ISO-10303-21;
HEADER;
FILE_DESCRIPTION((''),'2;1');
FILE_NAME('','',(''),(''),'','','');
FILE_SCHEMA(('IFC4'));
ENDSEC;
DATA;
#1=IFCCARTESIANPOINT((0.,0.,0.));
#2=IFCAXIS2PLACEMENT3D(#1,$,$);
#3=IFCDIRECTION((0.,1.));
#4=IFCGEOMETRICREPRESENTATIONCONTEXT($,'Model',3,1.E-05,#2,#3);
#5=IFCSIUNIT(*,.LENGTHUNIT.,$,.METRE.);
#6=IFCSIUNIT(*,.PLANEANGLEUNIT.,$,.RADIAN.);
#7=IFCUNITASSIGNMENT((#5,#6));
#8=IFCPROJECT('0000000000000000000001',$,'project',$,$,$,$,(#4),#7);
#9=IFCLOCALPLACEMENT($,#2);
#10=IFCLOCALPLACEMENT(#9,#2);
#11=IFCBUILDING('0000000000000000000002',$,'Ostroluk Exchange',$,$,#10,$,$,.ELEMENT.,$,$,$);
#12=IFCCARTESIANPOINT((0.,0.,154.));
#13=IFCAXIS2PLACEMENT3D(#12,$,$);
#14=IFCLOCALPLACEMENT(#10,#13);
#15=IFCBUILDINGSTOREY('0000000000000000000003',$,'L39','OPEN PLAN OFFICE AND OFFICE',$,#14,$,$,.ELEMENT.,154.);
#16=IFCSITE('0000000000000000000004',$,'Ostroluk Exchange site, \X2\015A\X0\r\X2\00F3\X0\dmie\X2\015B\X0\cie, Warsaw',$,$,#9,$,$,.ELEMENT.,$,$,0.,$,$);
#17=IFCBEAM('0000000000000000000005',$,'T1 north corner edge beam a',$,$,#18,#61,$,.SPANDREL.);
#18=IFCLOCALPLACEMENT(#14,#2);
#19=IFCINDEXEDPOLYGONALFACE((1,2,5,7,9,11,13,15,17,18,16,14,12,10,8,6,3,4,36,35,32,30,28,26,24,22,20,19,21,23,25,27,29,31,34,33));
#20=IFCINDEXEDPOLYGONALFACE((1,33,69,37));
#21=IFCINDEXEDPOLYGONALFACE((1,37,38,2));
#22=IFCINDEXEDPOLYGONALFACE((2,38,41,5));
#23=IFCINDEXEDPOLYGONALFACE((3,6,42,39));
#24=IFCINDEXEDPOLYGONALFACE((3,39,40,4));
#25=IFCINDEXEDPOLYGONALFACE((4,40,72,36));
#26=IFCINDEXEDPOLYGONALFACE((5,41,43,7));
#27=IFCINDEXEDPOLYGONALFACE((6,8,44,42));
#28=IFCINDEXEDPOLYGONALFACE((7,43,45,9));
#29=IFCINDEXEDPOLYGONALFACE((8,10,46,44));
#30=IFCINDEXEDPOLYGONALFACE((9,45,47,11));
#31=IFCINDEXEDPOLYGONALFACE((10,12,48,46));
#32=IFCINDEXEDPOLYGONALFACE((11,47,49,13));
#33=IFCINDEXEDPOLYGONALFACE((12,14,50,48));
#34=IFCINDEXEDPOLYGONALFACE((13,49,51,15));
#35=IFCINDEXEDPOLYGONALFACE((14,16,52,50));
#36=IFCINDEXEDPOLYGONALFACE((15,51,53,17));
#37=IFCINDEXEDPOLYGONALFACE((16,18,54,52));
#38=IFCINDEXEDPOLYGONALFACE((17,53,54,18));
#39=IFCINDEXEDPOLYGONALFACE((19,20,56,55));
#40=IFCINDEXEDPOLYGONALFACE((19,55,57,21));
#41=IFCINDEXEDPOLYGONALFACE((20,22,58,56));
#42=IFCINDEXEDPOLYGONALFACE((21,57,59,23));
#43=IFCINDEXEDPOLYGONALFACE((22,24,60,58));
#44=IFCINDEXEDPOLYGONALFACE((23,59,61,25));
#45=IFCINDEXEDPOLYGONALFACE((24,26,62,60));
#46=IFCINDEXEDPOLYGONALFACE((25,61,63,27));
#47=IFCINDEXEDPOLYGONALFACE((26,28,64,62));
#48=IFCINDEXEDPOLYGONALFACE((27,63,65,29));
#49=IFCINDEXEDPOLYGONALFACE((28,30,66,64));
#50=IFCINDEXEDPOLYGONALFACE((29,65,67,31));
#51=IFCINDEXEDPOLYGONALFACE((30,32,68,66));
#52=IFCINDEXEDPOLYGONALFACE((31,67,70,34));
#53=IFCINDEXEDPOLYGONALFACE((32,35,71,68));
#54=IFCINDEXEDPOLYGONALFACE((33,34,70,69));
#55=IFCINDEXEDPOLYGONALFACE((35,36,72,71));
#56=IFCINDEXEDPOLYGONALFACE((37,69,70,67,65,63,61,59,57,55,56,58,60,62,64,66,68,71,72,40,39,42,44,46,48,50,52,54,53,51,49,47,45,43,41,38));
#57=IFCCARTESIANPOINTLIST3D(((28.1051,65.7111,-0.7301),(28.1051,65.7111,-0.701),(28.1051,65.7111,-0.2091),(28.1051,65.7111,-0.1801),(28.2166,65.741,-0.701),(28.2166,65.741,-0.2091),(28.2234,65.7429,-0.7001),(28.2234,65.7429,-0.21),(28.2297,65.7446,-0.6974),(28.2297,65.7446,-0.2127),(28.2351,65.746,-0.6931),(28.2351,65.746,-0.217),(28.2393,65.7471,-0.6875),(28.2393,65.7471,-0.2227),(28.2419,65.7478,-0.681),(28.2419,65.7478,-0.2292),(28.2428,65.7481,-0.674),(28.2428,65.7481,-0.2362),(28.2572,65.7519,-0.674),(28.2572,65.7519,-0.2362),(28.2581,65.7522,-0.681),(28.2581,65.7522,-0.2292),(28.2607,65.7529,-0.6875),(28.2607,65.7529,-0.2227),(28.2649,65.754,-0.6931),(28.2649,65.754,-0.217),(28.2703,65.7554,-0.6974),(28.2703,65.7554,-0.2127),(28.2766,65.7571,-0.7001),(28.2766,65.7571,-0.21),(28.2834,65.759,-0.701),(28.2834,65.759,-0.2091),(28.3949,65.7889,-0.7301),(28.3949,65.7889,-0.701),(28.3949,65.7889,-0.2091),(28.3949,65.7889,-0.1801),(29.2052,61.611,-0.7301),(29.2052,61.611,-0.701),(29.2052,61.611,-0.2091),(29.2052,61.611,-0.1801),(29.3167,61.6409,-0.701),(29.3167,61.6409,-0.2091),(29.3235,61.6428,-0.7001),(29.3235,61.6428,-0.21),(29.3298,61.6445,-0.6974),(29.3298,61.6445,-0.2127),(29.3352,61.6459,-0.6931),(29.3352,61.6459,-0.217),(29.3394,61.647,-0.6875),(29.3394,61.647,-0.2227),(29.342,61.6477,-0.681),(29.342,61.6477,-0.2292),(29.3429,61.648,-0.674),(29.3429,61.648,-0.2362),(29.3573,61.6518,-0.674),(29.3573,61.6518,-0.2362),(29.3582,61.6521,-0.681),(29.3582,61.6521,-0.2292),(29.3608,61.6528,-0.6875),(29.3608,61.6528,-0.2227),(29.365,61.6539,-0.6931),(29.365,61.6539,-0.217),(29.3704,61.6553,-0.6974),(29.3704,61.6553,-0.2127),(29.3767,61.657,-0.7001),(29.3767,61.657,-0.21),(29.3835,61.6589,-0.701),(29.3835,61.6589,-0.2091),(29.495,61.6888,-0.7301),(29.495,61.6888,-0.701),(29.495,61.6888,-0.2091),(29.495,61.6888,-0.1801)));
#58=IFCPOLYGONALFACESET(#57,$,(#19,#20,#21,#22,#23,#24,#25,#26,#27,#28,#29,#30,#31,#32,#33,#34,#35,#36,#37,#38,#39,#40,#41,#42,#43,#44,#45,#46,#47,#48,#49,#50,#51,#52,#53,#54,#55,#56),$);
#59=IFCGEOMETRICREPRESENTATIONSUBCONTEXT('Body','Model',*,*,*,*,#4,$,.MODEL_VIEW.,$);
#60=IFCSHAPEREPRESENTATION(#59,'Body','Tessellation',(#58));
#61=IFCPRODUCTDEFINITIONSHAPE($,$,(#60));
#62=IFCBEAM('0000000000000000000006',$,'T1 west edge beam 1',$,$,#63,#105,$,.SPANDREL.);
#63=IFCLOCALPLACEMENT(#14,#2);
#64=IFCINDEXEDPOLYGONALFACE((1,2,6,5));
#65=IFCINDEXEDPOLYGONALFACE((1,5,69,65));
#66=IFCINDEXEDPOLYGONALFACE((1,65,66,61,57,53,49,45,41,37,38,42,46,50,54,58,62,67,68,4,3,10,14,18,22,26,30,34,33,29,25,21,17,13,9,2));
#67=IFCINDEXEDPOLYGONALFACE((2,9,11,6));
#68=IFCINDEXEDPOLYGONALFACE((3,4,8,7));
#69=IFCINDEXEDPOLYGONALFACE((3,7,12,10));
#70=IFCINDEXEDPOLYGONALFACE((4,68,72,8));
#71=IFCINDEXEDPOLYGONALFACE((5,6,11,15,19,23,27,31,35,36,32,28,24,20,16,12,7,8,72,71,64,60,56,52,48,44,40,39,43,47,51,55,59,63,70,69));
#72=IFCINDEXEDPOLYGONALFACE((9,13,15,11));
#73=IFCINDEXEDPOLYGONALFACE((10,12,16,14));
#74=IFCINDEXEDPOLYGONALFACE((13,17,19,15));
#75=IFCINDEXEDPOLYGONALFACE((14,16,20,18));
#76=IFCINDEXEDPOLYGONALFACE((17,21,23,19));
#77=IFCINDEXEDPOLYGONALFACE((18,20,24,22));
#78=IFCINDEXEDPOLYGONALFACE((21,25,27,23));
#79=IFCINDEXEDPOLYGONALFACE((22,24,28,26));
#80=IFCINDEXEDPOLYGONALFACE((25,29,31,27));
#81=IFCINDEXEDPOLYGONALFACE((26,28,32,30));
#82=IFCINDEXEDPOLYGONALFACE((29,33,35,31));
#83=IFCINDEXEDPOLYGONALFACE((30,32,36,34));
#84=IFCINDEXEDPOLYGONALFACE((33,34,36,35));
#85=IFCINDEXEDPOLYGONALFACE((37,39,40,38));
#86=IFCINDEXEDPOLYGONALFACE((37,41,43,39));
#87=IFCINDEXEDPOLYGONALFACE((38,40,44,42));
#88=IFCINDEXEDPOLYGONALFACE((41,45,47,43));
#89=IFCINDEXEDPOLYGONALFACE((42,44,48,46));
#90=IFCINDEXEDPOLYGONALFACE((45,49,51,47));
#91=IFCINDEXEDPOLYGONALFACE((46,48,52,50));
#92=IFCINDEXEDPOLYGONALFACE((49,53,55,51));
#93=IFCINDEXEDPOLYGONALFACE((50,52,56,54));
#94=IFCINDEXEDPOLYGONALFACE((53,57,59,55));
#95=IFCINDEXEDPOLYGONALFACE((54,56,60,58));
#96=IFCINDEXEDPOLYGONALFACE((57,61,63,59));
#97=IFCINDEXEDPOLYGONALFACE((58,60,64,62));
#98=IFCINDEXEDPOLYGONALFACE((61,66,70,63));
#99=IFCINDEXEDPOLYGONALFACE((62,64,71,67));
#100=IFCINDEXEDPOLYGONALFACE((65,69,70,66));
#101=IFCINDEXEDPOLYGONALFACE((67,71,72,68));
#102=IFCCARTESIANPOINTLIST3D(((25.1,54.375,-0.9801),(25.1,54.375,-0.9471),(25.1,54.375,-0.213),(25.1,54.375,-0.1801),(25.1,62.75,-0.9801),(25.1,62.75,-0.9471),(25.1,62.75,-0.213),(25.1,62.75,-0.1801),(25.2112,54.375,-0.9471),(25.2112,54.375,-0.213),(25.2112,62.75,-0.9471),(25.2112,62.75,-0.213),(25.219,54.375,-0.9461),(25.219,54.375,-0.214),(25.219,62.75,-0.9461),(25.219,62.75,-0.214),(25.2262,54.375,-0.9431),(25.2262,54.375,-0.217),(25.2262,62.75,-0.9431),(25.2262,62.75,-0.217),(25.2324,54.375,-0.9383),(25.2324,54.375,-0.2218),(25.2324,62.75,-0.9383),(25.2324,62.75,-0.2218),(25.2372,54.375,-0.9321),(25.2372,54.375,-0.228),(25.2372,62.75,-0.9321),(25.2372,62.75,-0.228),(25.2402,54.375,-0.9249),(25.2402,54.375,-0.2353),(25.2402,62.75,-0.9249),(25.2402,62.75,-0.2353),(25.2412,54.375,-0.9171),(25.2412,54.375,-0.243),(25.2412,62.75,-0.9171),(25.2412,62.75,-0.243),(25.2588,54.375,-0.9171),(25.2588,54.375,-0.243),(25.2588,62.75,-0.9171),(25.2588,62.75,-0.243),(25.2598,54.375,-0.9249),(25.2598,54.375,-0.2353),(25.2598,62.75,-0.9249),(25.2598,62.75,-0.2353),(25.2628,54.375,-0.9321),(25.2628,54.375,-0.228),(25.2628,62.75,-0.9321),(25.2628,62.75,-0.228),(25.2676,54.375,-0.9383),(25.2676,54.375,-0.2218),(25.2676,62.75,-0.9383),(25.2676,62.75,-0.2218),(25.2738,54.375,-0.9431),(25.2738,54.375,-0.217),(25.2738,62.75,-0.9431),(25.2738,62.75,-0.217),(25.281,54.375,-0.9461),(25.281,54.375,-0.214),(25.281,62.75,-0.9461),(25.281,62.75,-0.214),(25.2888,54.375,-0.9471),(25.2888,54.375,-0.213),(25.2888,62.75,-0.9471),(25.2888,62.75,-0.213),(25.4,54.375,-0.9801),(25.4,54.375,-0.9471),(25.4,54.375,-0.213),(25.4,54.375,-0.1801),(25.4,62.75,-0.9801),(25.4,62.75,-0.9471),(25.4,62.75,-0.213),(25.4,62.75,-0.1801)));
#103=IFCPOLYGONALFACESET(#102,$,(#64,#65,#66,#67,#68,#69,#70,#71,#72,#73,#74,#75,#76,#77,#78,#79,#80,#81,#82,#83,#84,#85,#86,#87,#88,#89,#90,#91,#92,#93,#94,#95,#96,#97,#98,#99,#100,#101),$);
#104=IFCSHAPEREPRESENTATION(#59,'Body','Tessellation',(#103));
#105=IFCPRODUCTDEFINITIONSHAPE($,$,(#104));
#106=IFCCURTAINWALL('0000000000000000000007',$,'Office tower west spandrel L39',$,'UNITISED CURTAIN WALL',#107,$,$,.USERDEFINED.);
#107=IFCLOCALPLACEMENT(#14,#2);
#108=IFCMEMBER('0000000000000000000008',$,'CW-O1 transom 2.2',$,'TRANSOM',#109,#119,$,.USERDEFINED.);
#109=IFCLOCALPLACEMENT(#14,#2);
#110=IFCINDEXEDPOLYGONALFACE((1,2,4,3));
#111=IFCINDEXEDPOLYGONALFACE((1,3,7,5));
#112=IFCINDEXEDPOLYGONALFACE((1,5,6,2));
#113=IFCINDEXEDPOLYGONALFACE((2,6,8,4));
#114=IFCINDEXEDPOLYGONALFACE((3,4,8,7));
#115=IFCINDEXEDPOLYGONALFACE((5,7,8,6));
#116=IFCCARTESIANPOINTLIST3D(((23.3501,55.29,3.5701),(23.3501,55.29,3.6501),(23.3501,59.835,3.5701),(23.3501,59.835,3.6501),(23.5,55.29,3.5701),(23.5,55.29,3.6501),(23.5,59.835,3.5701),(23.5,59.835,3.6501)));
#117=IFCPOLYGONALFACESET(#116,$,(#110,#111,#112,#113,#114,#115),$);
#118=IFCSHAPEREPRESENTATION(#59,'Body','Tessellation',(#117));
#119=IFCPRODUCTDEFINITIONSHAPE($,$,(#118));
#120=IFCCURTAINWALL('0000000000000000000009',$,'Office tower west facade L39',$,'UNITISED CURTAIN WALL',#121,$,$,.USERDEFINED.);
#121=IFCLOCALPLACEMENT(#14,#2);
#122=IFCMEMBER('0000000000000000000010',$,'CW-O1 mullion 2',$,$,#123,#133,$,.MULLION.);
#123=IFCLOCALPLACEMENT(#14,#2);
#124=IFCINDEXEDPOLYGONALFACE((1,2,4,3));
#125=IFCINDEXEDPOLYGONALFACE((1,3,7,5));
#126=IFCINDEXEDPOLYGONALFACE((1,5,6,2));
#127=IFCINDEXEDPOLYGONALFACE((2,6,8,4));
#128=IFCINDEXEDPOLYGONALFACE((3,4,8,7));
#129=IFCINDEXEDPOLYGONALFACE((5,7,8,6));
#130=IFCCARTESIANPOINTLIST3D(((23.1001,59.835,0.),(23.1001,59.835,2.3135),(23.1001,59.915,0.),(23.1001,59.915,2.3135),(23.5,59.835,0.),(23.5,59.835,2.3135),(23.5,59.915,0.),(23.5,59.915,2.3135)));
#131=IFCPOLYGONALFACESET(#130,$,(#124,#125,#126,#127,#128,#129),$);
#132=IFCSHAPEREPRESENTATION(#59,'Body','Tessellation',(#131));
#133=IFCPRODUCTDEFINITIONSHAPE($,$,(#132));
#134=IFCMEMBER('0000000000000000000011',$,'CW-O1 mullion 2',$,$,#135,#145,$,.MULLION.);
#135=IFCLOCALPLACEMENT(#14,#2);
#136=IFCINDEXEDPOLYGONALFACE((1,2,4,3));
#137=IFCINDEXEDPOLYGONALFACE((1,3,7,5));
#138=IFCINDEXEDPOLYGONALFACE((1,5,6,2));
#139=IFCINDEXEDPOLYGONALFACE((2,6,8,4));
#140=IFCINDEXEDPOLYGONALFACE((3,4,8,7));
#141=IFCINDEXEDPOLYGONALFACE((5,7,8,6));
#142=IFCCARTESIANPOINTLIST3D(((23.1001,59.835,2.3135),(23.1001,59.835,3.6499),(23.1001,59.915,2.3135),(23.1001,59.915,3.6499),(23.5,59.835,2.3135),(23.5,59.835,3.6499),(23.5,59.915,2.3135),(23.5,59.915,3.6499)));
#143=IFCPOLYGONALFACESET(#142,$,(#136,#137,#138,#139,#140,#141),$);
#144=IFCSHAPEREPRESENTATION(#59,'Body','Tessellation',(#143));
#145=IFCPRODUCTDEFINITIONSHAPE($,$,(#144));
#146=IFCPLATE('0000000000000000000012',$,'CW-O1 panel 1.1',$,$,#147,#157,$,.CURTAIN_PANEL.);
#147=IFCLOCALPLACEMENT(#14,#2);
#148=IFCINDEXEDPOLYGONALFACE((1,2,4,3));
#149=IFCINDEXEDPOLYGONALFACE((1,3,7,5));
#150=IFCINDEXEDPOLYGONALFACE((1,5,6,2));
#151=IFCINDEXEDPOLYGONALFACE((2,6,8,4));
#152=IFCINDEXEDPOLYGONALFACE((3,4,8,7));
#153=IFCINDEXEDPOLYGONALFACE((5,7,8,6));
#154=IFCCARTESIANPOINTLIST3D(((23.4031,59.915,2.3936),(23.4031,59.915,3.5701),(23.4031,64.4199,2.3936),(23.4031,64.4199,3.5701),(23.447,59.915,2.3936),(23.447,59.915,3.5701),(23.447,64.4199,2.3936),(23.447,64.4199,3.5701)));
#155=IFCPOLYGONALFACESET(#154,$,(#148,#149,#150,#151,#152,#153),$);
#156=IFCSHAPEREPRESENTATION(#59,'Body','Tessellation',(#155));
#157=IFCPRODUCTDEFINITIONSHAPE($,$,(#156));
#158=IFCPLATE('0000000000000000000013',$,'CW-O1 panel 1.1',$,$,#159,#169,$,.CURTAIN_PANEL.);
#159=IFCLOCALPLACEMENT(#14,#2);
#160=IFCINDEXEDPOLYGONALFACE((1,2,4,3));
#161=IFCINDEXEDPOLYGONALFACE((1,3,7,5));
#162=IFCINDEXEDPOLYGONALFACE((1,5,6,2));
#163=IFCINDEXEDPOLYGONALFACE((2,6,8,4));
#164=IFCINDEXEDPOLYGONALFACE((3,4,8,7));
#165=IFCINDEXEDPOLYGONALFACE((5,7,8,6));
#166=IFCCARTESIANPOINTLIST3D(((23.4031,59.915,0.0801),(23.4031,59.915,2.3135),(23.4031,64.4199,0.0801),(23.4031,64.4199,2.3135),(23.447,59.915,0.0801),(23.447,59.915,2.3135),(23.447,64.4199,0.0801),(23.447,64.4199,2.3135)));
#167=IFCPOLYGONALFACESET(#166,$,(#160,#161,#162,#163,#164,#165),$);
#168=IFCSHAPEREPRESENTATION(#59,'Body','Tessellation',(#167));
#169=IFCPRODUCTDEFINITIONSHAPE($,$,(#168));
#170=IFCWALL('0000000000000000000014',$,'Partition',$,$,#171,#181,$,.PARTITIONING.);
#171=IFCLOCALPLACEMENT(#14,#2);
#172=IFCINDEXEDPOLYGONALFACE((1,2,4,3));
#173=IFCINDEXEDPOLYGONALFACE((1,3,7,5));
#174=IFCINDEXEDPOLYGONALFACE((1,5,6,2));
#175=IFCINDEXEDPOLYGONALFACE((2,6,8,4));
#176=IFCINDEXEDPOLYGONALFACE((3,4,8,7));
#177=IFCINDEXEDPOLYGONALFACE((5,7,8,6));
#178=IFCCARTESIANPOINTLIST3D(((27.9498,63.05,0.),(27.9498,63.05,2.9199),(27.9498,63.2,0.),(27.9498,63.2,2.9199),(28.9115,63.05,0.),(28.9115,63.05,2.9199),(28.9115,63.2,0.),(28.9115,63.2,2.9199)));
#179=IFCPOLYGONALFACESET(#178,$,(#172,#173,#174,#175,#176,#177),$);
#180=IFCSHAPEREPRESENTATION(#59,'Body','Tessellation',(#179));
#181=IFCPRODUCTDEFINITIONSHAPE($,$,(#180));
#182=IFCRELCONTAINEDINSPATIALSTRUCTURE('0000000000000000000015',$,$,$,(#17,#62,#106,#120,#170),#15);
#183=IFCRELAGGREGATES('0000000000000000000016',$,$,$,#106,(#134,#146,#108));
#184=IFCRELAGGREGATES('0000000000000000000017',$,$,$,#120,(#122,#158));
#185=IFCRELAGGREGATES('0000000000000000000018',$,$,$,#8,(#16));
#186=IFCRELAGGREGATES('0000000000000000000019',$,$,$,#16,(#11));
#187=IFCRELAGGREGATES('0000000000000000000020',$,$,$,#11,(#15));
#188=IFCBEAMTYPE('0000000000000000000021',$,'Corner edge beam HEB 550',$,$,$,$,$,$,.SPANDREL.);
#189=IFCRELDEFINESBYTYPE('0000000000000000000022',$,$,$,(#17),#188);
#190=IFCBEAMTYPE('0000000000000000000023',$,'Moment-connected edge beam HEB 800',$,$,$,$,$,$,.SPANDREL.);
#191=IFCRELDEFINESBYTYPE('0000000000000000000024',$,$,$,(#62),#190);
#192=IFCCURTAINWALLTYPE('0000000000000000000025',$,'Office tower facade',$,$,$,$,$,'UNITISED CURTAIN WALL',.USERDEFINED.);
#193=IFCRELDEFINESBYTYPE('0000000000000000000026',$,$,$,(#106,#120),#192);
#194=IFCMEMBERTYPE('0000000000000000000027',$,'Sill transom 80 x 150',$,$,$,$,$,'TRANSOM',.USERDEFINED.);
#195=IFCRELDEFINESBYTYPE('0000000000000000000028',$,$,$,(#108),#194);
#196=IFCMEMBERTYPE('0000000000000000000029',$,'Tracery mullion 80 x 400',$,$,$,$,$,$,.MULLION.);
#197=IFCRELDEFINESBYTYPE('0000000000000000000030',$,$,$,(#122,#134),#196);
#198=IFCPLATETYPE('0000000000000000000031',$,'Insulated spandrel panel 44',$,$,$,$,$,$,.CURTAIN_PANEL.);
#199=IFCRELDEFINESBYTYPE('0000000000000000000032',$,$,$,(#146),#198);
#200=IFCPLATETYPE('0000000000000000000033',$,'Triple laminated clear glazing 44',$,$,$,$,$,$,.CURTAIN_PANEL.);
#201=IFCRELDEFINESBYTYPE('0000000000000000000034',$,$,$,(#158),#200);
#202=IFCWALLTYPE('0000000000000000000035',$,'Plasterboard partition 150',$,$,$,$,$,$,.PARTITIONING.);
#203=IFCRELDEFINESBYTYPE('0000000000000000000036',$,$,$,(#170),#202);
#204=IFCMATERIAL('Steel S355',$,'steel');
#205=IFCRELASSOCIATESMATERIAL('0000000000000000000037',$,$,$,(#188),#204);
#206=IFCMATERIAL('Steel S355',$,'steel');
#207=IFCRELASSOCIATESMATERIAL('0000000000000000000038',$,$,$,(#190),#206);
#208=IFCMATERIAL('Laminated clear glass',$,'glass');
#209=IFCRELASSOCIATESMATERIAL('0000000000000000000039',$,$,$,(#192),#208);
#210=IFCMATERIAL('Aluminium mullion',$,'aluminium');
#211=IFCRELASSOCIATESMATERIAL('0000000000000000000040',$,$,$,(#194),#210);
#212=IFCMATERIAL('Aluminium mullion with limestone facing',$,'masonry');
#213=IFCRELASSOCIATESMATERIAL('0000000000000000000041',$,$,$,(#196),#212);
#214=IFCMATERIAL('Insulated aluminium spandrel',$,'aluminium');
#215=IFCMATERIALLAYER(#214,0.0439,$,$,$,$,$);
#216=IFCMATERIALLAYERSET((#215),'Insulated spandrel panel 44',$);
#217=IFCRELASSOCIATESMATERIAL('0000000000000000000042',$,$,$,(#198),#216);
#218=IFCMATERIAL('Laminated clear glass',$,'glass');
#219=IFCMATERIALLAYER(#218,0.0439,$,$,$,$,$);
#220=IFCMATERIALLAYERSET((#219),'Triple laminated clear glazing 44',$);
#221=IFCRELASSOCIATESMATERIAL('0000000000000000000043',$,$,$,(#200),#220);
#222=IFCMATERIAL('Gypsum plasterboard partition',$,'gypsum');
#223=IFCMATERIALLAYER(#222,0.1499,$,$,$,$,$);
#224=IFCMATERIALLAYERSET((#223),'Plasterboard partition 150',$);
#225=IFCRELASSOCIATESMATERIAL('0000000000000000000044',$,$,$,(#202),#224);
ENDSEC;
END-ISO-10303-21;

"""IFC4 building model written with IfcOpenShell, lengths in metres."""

from ifc_helpers import new_model, si_unit, direction, frame, frame_2d, origin, origin_2d, place, context, subcontext, project, spatial, rectangle, i_section, extrude, material, layer, layer_set, material_profile, profile_set, type_object, element, aggregate, save


model = new_model("IFC4")

# Units and contexts
model_context = context("Model", 3, precision=1e-05, world=origin(), true_north=direction((0.0, 1.0)))
body_context = subcontext(model_context, "Body", "Model", "MODEL_VIEW")
ifc_project = project(units=[si_unit("LENGTHUNIT", "METRE"), si_unit("PLANEANGLEUNIT", "RADIAN")], contexts=[model_context])

# Site, building, storey
site_placement = place(None, origin())
site = spatial("IfcSite", under=ifc_project, at=site_placement, Name="Ostroluk Exchange site, Śródmieście, Warsaw", CompositionType="ELEMENT", RefElevation=0.0)
building_placement = place(site_placement, origin())
building = spatial("IfcBuilding", under=site, at=building_placement, Name="Ostroluk Exchange", CompositionType="ELEMENT")
storey_placement = place(building_placement, frame((0.0, 0.0, 154.0)))
storey = spatial("IfcBuildingStorey", under=building, at=storey_placement, Name="L39", Description="OPEN PLAN OFFICE AND OFFICE", CompositionType="ELEMENT", Elevation=154.0)

# Beams
ifc_material_1 = material(Name="Steel S355", Category="steel")
ifc_material_profile_1 = material_profile(ifc_material_1, i_section(OverallWidth=0.3, OverallDepth=0.55, WebThickness=0.0149, FlangeThickness=0.0291, FilletRadius=0.0271, at=origin_2d()), Name="HEB 550")
ifc_profile_set_1 = profile_set([ifc_material_profile_1], Name="Steel S355")
beam_type_1 = type_object("IfcBeamType", Name="Corner edge beam HEB 550", PredefinedType="SPANDREL", material=ifc_profile_set_1)
beam_1_placement = place(storey_placement, frame((29.3501, 61.6499, -0.4551), z_axis=(-0.259144, 0.965839, 0.0), x_axis=(-0.965839, -0.259144, 0.0)))
element("IfcBeam", 1, at=beam_1_placement, inside=storey, type_object=beam_type_1, Name="T1 north corner edge beam a", PredefinedType="SPANDREL", context=body_context, shape_type="SweptSolid", body=[
    extrude(i_section(OverallWidth=0.3, OverallDepth=0.55, WebThickness=0.0149, FlangeThickness=0.0291, FilletRadius=0.0271, at=origin_2d()), origin(), (0.0, 0.0, 1.0), 4.2451),
])
ifc_material_2 = material(Name="Steel S355", Category="steel")
ifc_material_profile_2 = material_profile(ifc_material_2, i_section(OverallWidth=0.3, OverallDepth=0.8, WebThickness=0.0176, FlangeThickness=0.033, FilletRadius=0.03, at=origin_2d()), Name="HEB 800")
ifc_profile_set_2 = profile_set([ifc_material_profile_2], Name="Steel S355")
beam_type_2 = type_object("IfcBeamType", Name="Moment-connected edge beam HEB 800", PredefinedType="SPANDREL", material=ifc_profile_set_2)
beam_2_placement = place(storey_placement, frame((25.25, 62.75, -0.5801), z_axis=(0.0, -1.0, 0.0), x_axis=(1.0, 0.0, 0.0)))
element("IfcBeam", 2, at=beam_2_placement, inside=storey, type_object=beam_type_2, Name="T1 west edge beam 1", PredefinedType="SPANDREL", context=body_context, shape_type="SweptSolid", body=[
    extrude(i_section(OverallWidth=0.3, OverallDepth=0.8, WebThickness=0.0176, FlangeThickness=0.033, FilletRadius=0.03, at=origin_2d()), origin(), (0.0, 0.0, 1.0), 8.375),
])

# Curtain walls, members
ifc_material_3 = material(Name="Laminated clear glass", Category="glass")
curtain_wall_type = type_object("IfcCurtainWallType", Name="Office tower facade", ElementType="UNITISED CURTAIN WALL", PredefinedType="USERDEFINED", material=ifc_material_3)
curtain_wall_1_placement = place(storey_placement, origin())
curtain_wall_1 = element("IfcCurtainWall", 3, at=curtain_wall_1_placement, inside=storey, type_object=curtain_wall_type, Name="Office tower west spandrel L39", ObjectType="UNITISED CURTAIN WALL", PredefinedType="USERDEFINED")
ifc_material_4 = material(Name="Aluminium mullion", Category="aluminium")
ifc_material_profile_3 = material_profile(ifc_material_4, rectangle(XDim=0.1499, YDim=0.0801, at=origin_2d()), Name="Sill transom 80 x 150")
ifc_profile_set_3 = profile_set([ifc_material_profile_3], Name="Aluminium mullion")
member_type_1 = type_object("IfcMemberType", Name="Sill transom 80 x 150", ElementType="TRANSOM", PredefinedType="USERDEFINED", material=ifc_profile_set_3)
member_1_placement = place(storey_placement, frame((23.425, 59.835, 3.6101), z_axis=(0.0, -1.0, 0.0), x_axis=(1.0, 0.0, 0.0)))
member_1 = element("IfcMember", 4, at=member_1_placement, type_object=member_type_1, Name="CW-O1 transom 2.2", ObjectType="TRANSOM", PredefinedType="USERDEFINED", context=body_context, shape_type="SweptSolid", body=[
    extrude(rectangle(XDim=0.1499, YDim=0.0801, at=origin_2d()), origin(), (0.0, 0.0, 1.0), 4.5449),
])
curtain_wall_2_placement = place(storey_placement, origin())
curtain_wall_2 = element("IfcCurtainWall", 5, at=curtain_wall_2_placement, inside=storey, type_object=curtain_wall_type, Name="Office tower west facade L39", ObjectType="UNITISED CURTAIN WALL", PredefinedType="USERDEFINED")
ifc_material_5 = material(Name="Aluminium mullion with limestone facing", Category="masonry")
ifc_material_profile_4 = material_profile(ifc_material_5, rectangle(XDim=0.3999, YDim=0.0801, at=origin_2d()), Name="Tracery mullion 80 x 400")
ifc_profile_set_4 = profile_set([ifc_material_profile_4], Name="Aluminium mullion with limestone facing")
member_type_2 = type_object("IfcMemberType", Name="Tracery mullion 80 x 400", PredefinedType="MULLION", material=ifc_profile_set_4)
member_2_placement = place(storey_placement, frame((23.3, 59.875, 0.0), z_axis=(0.0, 0.0, 1.0), x_axis=(1.0, 0.0, 0.0)))
member_2 = element("IfcMember", 6, at=member_2_placement, type_object=member_type_2, Name="CW-O1 mullion 2", PredefinedType="MULLION", context=body_context, shape_type="SweptSolid", body=[
    extrude(rectangle(XDim=0.3999, YDim=0.0801, at=origin_2d()), origin(), (0.0, 0.0, 1.0), 2.3135),
])

# Member
member_3_placement = place(storey_placement, frame((23.3, 59.875, 2.3135), z_axis=(0.0, 0.0, 1.0), x_axis=(1.0, 0.0, 0.0)))
member_3 = element("IfcMember", 7, at=member_3_placement, type_object=member_type_2, Name="CW-O1 mullion 2", PredefinedType="MULLION", context=body_context, shape_type="SweptSolid", body=[
    extrude(rectangle(XDim=0.3999, YDim=0.0801, at=origin_2d()), origin(), (0.0, 0.0, 1.0), 1.3364),
])

# Plates
ifc_material_6 = material(Name="Insulated aluminium spandrel", Category="aluminium")
ifc_layer_1 = layer(ifc_material_6, 0.0439)
ifc_layer_set_1 = layer_set([ifc_layer_1], Name="Insulated spandrel panel 44")
plate_type_1 = type_object("IfcPlateType", Name="Insulated spandrel panel 44", PredefinedType="CURTAIN_PANEL", material=ifc_layer_set_1)
plate_1_placement = place(storey_placement, frame((23.425, 62.1675, 2.3936), z_axis=(0.0, 0.0, 1.0), x_axis=(0.0, -1.0, 0.0)))
plate_1 = element("IfcPlate", 8, at=plate_1_placement, type_object=plate_type_1, Name="CW-O1 panel 1.1", PredefinedType="CURTAIN_PANEL", context=body_context, shape_type="SweptSolid", body=[
    extrude(rectangle(XDim=4.5049, YDim=0.0439, at=origin_2d()), origin(), (0.0, 0.0, 1.0), 1.1765),
])
aggregate(curtain_wall_1, [member_3, plate_1, member_1])
ifc_material_7 = material(Name="Laminated clear glass", Category="glass")
ifc_layer_2 = layer(ifc_material_7, 0.0439)
ifc_layer_set_2 = layer_set([ifc_layer_2], Name="Triple laminated clear glazing 44")
plate_type_2 = type_object("IfcPlateType", Name="Triple laminated clear glazing 44", PredefinedType="CURTAIN_PANEL", material=ifc_layer_set_2)
plate_2_placement = place(storey_placement, frame((23.425, 62.1675, 0.0801), z_axis=(0.0, 0.0, 1.0), x_axis=(0.0, -1.0, 0.0)))
plate_2 = element("IfcPlate", 9, at=plate_2_placement, type_object=plate_type_2, Name="CW-O1 panel 1.1", PredefinedType="CURTAIN_PANEL", context=body_context, shape_type="SweptSolid", body=[
    extrude(rectangle(XDim=4.5049, YDim=0.0439, at=origin_2d()), origin(), (0.0, 0.0, 1.0), 2.2334),
])
aggregate(curtain_wall_2, [member_2, plate_2])

# Wall
ifc_material_8 = material(Name="Gypsum plasterboard partition", Category="gypsum")
ifc_layer_3 = layer(ifc_material_8, 0.1499)
ifc_layer_set_3 = layer_set([ifc_layer_3], Name="Plasterboard partition 150")
wall_type = type_object("IfcWallType", Name="Plasterboard partition 150", PredefinedType="PARTITIONING", material=ifc_layer_set_3)
wall_1_placement = place(storey_placement, frame((28.9116, 63.125, 0.0), z_axis=(0.0, 0.0, 1.0), x_axis=(-1.0, 0.0, 0.0)))
element("IfcWall", 10, at=wall_1_placement, inside=storey, type_object=wall_type, Name="Partition", PredefinedType="PARTITIONING", context=body_context, shape_type="SweptSolid", body=[
    extrude(rectangle(XDim=0.9617, YDim=0.1499, at=frame_2d((0.481, 0.0))), origin(), (0.0, 0.0, 1.0), 2.9199),
])

save(model, "model.ifc")
